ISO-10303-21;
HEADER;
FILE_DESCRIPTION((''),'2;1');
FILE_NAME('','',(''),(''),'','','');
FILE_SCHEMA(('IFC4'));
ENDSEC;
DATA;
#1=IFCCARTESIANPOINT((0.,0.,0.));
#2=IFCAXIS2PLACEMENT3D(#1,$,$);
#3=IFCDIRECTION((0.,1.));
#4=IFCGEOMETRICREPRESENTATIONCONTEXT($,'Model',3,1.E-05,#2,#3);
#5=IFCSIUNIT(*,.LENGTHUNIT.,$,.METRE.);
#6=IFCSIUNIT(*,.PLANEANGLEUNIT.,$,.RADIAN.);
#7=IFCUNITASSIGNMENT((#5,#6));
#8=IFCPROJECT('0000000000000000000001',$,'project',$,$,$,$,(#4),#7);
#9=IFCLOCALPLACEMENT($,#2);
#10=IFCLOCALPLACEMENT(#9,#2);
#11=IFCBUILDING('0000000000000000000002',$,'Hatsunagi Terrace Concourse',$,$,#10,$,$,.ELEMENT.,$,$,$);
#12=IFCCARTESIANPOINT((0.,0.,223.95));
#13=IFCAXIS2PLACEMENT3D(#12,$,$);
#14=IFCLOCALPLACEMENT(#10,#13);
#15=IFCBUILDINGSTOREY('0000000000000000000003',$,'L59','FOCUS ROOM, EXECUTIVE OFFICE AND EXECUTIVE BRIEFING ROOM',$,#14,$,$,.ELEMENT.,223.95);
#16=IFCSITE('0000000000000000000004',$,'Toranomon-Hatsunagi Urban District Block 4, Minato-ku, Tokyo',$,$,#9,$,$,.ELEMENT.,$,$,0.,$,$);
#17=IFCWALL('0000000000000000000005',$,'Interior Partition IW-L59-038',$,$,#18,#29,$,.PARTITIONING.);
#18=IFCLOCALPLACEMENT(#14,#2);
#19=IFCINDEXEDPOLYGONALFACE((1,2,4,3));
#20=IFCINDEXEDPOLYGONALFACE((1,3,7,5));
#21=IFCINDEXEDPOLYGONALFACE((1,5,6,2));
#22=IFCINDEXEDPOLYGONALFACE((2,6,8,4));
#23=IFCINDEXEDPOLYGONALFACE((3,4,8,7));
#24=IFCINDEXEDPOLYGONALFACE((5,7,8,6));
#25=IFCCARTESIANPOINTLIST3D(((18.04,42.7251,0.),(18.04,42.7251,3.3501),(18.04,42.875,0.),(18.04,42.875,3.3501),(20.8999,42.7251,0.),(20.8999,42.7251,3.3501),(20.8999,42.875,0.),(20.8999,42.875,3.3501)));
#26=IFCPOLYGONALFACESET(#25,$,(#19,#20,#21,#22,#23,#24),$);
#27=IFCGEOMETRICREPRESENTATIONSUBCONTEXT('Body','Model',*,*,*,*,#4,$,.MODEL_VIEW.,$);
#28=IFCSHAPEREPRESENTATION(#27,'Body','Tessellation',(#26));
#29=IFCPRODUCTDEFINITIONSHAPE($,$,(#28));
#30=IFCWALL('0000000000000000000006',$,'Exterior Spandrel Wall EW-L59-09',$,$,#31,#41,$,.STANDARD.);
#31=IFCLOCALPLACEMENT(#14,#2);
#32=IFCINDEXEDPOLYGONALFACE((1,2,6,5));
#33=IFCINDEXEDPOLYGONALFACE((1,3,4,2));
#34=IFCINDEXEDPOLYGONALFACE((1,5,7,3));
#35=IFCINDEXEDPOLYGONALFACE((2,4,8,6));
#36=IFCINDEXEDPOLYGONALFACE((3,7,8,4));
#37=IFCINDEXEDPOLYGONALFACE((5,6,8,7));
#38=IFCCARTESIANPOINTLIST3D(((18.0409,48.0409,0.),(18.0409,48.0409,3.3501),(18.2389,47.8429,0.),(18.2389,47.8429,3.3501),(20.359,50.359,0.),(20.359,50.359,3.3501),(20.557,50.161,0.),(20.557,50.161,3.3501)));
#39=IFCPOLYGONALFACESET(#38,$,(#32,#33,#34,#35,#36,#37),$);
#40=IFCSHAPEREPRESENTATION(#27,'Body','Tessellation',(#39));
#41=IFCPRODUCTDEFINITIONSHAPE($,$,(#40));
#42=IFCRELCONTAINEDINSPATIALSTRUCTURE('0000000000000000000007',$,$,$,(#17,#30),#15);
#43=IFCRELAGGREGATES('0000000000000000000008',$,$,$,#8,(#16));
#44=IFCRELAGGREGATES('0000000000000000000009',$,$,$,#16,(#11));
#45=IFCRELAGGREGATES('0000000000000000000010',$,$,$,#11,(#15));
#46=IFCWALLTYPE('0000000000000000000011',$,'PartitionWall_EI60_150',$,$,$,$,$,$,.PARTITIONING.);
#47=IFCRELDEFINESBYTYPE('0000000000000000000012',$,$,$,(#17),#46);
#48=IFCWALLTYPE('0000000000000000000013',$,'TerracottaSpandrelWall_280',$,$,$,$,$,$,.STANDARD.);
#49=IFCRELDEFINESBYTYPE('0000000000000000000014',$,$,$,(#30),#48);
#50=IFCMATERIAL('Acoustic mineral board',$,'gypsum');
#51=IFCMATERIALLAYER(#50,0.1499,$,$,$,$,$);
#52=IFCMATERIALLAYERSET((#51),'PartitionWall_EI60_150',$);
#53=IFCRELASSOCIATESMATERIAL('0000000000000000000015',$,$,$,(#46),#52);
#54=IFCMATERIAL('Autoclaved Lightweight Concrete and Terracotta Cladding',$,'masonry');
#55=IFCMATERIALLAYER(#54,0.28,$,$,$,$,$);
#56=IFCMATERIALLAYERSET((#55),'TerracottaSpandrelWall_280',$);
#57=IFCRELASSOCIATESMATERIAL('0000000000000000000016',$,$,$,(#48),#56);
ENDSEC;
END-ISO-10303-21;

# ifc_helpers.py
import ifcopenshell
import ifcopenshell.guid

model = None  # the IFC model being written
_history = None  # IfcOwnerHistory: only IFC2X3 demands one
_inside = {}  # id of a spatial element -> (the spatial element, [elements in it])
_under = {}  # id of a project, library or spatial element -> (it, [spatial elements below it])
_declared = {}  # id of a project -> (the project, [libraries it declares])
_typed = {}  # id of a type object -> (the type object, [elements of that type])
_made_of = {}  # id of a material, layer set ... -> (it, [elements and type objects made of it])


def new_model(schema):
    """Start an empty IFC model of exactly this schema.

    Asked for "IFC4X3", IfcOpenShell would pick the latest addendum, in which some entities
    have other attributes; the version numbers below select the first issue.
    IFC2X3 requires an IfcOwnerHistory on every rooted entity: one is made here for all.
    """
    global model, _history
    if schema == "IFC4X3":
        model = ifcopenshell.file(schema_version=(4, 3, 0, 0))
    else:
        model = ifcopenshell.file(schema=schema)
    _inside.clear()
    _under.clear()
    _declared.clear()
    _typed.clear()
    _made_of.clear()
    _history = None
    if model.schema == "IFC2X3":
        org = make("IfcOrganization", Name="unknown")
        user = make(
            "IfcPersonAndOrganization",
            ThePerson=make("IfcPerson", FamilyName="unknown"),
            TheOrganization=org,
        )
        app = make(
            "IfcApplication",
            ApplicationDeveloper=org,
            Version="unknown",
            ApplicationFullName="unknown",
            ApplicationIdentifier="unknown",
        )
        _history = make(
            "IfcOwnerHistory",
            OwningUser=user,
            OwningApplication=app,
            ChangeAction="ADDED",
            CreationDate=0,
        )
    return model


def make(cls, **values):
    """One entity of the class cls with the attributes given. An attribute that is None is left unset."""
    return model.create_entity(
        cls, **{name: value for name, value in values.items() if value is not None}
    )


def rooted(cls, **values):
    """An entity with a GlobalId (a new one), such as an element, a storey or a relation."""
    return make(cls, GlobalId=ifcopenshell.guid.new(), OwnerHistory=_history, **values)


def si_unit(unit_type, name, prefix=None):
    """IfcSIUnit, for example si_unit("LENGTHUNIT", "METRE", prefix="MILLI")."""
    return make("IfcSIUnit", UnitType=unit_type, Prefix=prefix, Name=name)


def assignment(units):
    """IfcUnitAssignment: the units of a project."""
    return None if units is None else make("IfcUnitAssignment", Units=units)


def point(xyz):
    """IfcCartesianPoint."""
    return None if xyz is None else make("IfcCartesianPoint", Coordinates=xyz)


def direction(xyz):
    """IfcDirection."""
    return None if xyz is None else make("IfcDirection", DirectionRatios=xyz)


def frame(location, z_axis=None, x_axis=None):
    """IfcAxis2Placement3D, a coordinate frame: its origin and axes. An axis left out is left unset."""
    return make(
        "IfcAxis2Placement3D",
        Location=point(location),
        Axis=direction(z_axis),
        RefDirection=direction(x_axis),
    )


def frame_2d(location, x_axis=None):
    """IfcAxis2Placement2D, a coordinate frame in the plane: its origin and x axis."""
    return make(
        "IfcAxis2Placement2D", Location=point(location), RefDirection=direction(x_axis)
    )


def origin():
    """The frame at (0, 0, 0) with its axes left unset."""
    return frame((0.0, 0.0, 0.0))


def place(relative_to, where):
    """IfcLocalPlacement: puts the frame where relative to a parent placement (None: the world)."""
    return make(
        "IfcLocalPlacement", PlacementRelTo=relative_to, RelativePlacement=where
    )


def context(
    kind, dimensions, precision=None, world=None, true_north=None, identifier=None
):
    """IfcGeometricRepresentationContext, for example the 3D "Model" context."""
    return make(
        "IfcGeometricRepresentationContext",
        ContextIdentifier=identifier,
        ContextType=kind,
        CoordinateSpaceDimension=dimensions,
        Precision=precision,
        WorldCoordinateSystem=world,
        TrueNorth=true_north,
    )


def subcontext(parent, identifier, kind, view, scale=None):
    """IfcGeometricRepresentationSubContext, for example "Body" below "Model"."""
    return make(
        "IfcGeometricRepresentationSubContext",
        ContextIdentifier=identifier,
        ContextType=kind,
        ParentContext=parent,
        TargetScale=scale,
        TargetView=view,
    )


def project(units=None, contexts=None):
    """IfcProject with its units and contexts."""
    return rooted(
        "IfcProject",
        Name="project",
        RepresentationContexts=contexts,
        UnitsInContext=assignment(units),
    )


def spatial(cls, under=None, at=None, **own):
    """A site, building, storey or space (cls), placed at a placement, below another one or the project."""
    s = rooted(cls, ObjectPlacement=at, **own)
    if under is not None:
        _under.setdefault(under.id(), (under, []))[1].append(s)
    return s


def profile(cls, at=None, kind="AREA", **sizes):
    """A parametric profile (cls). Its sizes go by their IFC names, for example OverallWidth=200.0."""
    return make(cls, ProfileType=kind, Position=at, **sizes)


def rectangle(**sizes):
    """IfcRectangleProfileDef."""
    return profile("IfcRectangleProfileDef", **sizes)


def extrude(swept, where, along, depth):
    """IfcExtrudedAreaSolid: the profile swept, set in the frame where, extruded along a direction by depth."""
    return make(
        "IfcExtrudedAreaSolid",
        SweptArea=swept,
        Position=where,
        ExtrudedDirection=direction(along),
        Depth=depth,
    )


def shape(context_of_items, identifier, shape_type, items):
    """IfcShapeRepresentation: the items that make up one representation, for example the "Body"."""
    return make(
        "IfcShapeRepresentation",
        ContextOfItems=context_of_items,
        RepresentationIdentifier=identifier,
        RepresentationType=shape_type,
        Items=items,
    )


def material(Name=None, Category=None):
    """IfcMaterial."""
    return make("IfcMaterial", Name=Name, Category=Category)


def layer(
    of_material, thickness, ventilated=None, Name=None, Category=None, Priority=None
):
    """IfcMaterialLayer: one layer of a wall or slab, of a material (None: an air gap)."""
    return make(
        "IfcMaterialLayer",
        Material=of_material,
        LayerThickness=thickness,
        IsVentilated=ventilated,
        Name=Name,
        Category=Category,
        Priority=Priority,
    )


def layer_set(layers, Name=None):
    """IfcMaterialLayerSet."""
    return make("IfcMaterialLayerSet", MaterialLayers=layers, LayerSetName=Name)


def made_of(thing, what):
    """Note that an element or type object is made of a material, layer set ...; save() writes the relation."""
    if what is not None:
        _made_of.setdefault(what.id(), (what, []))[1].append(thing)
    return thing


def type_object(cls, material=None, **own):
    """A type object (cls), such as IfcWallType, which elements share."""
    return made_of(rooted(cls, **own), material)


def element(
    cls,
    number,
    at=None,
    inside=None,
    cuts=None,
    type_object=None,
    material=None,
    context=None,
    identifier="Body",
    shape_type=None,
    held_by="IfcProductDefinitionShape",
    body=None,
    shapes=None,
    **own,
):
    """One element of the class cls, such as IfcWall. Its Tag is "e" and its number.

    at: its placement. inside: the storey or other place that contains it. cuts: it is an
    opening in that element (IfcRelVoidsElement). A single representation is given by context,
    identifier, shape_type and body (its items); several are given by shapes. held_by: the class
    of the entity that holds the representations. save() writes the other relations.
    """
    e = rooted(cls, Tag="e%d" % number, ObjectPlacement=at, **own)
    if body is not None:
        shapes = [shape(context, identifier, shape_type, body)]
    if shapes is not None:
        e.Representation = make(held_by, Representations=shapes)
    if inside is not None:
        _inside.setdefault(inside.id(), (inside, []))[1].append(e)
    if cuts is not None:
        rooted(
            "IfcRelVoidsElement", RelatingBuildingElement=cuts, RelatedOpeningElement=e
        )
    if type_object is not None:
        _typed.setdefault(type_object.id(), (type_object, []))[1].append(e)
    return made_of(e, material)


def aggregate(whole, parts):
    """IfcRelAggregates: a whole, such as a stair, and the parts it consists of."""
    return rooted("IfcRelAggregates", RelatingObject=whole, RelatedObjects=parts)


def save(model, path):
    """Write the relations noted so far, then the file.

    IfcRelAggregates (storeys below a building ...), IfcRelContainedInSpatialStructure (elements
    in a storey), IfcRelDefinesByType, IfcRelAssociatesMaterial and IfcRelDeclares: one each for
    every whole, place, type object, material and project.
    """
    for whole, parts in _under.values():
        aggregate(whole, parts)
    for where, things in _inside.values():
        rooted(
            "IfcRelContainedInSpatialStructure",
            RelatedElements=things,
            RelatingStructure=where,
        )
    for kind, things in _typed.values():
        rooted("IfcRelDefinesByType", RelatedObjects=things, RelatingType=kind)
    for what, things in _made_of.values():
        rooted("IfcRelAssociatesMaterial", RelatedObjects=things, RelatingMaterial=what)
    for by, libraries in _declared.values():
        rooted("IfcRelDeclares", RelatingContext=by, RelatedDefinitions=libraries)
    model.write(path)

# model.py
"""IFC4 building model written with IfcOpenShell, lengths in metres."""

from ifc_helpers import new_model, si_unit, direction, frame, frame_2d, origin, place, context, subcontext, project, spatial, rectangle, extrude, material, layer, layer_set, type_object, element, save


model = new_model("IFC4")

# Units and contexts
model_context = context("Model", 3, precision=1e-05, world=origin(), true_north=direction((0.0, 1.0)))
body_context = subcontext(model_context, "Body", "Model", "MODEL_VIEW")
ifc_project = project(units=[si_unit("LENGTHUNIT", "METRE"), si_unit("PLANEANGLEUNIT", "RADIAN")], contexts=[model_context])

# Site, building, storey
site_placement = place(None, origin())
site = spatial("IfcSite", under=ifc_project, at=site_placement, Name="Toranomon-Hatsunagi Urban District Block 4, Minato-ku, Tokyo", CompositionType="ELEMENT", RefElevation=0.0)
building_placement = place(site_placement, origin())
building = spatial("IfcBuilding", under=site, at=building_placement, Name="Hatsunagi Terrace Concourse", CompositionType="ELEMENT")
storey_placement = place(building_placement, frame((0.0, 0.0, 223.95)))
storey = spatial("IfcBuildingStorey", under=building, at=storey_placement, Name="L59", Description="FOCUS ROOM, EXECUTIVE OFFICE AND EXECUTIVE BRIEFING ROOM", CompositionType="ELEMENT", Elevation=223.95)

# Walls
ifc_material_1 = material(Name="Acoustic mineral board", Category="gypsum")
ifc_layer_1 = layer(ifc_material_1, 0.1499)
ifc_layer_set_1 = layer_set([ifc_layer_1], Name="PartitionWall_EI60_150")
wall_type_1 = type_object("IfcWallType", Name="PartitionWall_EI60_150", PredefinedType="PARTITIONING", material=ifc_layer_set_1)
wall_1_placement = place(storey_placement, frame((18.04, 42.8, 0.0), z_axis=(0.0, 0.0, 1.0), x_axis=(1.0, 0.0, 0.0)))
element("IfcWall", 1, at=wall_1_placement, inside=storey, type_object=wall_type_1, Name="Interior Partition IW-L59-038", PredefinedType="PARTITIONING", context=body_context, shape_type="SweptSolid", body=[
    extrude(rectangle(XDim=2.8599, YDim=0.1499, at=frame_2d((1.4299, 0.0))), origin(), (0.0, 0.0, 1.0), 3.3501),
])
ifc_material_2 = material(Name="Autoclaved Lightweight Concrete and Terracotta Cladding", Category="masonry")
ifc_layer_2 = layer(ifc_material_2, 0.28)
ifc_layer_set_2 = layer_set([ifc_layer_2], Name="TerracottaSpandrelWall_280")
wall_type_2 = type_object("IfcWallType", Name="TerracottaSpandrelWall_280", PredefinedType="STANDARD", material=ifc_layer_set_2)
wall_2_placement = place(storey_placement, frame((18.1399, 47.9419, 0.0), z_axis=(0.0, 0.0, 1.0), x_axis=(0.707107, 0.707107, 0.0)))
element("IfcWall", 2, at=wall_2_placement, inside=storey, type_object=wall_type_2, Name="Exterior Spandrel Wall EW-L59-09", PredefinedType="STANDARD", context=body_context, shape_type="SweptSolid", body=[
    extrude(rectangle(XDim=3.2783, YDim=0.28, at=frame_2d((1.6392, 0.0))), origin(), (0.0, 0.0, 1.0), 3.3501),
])

save(model, "model.ifc")
